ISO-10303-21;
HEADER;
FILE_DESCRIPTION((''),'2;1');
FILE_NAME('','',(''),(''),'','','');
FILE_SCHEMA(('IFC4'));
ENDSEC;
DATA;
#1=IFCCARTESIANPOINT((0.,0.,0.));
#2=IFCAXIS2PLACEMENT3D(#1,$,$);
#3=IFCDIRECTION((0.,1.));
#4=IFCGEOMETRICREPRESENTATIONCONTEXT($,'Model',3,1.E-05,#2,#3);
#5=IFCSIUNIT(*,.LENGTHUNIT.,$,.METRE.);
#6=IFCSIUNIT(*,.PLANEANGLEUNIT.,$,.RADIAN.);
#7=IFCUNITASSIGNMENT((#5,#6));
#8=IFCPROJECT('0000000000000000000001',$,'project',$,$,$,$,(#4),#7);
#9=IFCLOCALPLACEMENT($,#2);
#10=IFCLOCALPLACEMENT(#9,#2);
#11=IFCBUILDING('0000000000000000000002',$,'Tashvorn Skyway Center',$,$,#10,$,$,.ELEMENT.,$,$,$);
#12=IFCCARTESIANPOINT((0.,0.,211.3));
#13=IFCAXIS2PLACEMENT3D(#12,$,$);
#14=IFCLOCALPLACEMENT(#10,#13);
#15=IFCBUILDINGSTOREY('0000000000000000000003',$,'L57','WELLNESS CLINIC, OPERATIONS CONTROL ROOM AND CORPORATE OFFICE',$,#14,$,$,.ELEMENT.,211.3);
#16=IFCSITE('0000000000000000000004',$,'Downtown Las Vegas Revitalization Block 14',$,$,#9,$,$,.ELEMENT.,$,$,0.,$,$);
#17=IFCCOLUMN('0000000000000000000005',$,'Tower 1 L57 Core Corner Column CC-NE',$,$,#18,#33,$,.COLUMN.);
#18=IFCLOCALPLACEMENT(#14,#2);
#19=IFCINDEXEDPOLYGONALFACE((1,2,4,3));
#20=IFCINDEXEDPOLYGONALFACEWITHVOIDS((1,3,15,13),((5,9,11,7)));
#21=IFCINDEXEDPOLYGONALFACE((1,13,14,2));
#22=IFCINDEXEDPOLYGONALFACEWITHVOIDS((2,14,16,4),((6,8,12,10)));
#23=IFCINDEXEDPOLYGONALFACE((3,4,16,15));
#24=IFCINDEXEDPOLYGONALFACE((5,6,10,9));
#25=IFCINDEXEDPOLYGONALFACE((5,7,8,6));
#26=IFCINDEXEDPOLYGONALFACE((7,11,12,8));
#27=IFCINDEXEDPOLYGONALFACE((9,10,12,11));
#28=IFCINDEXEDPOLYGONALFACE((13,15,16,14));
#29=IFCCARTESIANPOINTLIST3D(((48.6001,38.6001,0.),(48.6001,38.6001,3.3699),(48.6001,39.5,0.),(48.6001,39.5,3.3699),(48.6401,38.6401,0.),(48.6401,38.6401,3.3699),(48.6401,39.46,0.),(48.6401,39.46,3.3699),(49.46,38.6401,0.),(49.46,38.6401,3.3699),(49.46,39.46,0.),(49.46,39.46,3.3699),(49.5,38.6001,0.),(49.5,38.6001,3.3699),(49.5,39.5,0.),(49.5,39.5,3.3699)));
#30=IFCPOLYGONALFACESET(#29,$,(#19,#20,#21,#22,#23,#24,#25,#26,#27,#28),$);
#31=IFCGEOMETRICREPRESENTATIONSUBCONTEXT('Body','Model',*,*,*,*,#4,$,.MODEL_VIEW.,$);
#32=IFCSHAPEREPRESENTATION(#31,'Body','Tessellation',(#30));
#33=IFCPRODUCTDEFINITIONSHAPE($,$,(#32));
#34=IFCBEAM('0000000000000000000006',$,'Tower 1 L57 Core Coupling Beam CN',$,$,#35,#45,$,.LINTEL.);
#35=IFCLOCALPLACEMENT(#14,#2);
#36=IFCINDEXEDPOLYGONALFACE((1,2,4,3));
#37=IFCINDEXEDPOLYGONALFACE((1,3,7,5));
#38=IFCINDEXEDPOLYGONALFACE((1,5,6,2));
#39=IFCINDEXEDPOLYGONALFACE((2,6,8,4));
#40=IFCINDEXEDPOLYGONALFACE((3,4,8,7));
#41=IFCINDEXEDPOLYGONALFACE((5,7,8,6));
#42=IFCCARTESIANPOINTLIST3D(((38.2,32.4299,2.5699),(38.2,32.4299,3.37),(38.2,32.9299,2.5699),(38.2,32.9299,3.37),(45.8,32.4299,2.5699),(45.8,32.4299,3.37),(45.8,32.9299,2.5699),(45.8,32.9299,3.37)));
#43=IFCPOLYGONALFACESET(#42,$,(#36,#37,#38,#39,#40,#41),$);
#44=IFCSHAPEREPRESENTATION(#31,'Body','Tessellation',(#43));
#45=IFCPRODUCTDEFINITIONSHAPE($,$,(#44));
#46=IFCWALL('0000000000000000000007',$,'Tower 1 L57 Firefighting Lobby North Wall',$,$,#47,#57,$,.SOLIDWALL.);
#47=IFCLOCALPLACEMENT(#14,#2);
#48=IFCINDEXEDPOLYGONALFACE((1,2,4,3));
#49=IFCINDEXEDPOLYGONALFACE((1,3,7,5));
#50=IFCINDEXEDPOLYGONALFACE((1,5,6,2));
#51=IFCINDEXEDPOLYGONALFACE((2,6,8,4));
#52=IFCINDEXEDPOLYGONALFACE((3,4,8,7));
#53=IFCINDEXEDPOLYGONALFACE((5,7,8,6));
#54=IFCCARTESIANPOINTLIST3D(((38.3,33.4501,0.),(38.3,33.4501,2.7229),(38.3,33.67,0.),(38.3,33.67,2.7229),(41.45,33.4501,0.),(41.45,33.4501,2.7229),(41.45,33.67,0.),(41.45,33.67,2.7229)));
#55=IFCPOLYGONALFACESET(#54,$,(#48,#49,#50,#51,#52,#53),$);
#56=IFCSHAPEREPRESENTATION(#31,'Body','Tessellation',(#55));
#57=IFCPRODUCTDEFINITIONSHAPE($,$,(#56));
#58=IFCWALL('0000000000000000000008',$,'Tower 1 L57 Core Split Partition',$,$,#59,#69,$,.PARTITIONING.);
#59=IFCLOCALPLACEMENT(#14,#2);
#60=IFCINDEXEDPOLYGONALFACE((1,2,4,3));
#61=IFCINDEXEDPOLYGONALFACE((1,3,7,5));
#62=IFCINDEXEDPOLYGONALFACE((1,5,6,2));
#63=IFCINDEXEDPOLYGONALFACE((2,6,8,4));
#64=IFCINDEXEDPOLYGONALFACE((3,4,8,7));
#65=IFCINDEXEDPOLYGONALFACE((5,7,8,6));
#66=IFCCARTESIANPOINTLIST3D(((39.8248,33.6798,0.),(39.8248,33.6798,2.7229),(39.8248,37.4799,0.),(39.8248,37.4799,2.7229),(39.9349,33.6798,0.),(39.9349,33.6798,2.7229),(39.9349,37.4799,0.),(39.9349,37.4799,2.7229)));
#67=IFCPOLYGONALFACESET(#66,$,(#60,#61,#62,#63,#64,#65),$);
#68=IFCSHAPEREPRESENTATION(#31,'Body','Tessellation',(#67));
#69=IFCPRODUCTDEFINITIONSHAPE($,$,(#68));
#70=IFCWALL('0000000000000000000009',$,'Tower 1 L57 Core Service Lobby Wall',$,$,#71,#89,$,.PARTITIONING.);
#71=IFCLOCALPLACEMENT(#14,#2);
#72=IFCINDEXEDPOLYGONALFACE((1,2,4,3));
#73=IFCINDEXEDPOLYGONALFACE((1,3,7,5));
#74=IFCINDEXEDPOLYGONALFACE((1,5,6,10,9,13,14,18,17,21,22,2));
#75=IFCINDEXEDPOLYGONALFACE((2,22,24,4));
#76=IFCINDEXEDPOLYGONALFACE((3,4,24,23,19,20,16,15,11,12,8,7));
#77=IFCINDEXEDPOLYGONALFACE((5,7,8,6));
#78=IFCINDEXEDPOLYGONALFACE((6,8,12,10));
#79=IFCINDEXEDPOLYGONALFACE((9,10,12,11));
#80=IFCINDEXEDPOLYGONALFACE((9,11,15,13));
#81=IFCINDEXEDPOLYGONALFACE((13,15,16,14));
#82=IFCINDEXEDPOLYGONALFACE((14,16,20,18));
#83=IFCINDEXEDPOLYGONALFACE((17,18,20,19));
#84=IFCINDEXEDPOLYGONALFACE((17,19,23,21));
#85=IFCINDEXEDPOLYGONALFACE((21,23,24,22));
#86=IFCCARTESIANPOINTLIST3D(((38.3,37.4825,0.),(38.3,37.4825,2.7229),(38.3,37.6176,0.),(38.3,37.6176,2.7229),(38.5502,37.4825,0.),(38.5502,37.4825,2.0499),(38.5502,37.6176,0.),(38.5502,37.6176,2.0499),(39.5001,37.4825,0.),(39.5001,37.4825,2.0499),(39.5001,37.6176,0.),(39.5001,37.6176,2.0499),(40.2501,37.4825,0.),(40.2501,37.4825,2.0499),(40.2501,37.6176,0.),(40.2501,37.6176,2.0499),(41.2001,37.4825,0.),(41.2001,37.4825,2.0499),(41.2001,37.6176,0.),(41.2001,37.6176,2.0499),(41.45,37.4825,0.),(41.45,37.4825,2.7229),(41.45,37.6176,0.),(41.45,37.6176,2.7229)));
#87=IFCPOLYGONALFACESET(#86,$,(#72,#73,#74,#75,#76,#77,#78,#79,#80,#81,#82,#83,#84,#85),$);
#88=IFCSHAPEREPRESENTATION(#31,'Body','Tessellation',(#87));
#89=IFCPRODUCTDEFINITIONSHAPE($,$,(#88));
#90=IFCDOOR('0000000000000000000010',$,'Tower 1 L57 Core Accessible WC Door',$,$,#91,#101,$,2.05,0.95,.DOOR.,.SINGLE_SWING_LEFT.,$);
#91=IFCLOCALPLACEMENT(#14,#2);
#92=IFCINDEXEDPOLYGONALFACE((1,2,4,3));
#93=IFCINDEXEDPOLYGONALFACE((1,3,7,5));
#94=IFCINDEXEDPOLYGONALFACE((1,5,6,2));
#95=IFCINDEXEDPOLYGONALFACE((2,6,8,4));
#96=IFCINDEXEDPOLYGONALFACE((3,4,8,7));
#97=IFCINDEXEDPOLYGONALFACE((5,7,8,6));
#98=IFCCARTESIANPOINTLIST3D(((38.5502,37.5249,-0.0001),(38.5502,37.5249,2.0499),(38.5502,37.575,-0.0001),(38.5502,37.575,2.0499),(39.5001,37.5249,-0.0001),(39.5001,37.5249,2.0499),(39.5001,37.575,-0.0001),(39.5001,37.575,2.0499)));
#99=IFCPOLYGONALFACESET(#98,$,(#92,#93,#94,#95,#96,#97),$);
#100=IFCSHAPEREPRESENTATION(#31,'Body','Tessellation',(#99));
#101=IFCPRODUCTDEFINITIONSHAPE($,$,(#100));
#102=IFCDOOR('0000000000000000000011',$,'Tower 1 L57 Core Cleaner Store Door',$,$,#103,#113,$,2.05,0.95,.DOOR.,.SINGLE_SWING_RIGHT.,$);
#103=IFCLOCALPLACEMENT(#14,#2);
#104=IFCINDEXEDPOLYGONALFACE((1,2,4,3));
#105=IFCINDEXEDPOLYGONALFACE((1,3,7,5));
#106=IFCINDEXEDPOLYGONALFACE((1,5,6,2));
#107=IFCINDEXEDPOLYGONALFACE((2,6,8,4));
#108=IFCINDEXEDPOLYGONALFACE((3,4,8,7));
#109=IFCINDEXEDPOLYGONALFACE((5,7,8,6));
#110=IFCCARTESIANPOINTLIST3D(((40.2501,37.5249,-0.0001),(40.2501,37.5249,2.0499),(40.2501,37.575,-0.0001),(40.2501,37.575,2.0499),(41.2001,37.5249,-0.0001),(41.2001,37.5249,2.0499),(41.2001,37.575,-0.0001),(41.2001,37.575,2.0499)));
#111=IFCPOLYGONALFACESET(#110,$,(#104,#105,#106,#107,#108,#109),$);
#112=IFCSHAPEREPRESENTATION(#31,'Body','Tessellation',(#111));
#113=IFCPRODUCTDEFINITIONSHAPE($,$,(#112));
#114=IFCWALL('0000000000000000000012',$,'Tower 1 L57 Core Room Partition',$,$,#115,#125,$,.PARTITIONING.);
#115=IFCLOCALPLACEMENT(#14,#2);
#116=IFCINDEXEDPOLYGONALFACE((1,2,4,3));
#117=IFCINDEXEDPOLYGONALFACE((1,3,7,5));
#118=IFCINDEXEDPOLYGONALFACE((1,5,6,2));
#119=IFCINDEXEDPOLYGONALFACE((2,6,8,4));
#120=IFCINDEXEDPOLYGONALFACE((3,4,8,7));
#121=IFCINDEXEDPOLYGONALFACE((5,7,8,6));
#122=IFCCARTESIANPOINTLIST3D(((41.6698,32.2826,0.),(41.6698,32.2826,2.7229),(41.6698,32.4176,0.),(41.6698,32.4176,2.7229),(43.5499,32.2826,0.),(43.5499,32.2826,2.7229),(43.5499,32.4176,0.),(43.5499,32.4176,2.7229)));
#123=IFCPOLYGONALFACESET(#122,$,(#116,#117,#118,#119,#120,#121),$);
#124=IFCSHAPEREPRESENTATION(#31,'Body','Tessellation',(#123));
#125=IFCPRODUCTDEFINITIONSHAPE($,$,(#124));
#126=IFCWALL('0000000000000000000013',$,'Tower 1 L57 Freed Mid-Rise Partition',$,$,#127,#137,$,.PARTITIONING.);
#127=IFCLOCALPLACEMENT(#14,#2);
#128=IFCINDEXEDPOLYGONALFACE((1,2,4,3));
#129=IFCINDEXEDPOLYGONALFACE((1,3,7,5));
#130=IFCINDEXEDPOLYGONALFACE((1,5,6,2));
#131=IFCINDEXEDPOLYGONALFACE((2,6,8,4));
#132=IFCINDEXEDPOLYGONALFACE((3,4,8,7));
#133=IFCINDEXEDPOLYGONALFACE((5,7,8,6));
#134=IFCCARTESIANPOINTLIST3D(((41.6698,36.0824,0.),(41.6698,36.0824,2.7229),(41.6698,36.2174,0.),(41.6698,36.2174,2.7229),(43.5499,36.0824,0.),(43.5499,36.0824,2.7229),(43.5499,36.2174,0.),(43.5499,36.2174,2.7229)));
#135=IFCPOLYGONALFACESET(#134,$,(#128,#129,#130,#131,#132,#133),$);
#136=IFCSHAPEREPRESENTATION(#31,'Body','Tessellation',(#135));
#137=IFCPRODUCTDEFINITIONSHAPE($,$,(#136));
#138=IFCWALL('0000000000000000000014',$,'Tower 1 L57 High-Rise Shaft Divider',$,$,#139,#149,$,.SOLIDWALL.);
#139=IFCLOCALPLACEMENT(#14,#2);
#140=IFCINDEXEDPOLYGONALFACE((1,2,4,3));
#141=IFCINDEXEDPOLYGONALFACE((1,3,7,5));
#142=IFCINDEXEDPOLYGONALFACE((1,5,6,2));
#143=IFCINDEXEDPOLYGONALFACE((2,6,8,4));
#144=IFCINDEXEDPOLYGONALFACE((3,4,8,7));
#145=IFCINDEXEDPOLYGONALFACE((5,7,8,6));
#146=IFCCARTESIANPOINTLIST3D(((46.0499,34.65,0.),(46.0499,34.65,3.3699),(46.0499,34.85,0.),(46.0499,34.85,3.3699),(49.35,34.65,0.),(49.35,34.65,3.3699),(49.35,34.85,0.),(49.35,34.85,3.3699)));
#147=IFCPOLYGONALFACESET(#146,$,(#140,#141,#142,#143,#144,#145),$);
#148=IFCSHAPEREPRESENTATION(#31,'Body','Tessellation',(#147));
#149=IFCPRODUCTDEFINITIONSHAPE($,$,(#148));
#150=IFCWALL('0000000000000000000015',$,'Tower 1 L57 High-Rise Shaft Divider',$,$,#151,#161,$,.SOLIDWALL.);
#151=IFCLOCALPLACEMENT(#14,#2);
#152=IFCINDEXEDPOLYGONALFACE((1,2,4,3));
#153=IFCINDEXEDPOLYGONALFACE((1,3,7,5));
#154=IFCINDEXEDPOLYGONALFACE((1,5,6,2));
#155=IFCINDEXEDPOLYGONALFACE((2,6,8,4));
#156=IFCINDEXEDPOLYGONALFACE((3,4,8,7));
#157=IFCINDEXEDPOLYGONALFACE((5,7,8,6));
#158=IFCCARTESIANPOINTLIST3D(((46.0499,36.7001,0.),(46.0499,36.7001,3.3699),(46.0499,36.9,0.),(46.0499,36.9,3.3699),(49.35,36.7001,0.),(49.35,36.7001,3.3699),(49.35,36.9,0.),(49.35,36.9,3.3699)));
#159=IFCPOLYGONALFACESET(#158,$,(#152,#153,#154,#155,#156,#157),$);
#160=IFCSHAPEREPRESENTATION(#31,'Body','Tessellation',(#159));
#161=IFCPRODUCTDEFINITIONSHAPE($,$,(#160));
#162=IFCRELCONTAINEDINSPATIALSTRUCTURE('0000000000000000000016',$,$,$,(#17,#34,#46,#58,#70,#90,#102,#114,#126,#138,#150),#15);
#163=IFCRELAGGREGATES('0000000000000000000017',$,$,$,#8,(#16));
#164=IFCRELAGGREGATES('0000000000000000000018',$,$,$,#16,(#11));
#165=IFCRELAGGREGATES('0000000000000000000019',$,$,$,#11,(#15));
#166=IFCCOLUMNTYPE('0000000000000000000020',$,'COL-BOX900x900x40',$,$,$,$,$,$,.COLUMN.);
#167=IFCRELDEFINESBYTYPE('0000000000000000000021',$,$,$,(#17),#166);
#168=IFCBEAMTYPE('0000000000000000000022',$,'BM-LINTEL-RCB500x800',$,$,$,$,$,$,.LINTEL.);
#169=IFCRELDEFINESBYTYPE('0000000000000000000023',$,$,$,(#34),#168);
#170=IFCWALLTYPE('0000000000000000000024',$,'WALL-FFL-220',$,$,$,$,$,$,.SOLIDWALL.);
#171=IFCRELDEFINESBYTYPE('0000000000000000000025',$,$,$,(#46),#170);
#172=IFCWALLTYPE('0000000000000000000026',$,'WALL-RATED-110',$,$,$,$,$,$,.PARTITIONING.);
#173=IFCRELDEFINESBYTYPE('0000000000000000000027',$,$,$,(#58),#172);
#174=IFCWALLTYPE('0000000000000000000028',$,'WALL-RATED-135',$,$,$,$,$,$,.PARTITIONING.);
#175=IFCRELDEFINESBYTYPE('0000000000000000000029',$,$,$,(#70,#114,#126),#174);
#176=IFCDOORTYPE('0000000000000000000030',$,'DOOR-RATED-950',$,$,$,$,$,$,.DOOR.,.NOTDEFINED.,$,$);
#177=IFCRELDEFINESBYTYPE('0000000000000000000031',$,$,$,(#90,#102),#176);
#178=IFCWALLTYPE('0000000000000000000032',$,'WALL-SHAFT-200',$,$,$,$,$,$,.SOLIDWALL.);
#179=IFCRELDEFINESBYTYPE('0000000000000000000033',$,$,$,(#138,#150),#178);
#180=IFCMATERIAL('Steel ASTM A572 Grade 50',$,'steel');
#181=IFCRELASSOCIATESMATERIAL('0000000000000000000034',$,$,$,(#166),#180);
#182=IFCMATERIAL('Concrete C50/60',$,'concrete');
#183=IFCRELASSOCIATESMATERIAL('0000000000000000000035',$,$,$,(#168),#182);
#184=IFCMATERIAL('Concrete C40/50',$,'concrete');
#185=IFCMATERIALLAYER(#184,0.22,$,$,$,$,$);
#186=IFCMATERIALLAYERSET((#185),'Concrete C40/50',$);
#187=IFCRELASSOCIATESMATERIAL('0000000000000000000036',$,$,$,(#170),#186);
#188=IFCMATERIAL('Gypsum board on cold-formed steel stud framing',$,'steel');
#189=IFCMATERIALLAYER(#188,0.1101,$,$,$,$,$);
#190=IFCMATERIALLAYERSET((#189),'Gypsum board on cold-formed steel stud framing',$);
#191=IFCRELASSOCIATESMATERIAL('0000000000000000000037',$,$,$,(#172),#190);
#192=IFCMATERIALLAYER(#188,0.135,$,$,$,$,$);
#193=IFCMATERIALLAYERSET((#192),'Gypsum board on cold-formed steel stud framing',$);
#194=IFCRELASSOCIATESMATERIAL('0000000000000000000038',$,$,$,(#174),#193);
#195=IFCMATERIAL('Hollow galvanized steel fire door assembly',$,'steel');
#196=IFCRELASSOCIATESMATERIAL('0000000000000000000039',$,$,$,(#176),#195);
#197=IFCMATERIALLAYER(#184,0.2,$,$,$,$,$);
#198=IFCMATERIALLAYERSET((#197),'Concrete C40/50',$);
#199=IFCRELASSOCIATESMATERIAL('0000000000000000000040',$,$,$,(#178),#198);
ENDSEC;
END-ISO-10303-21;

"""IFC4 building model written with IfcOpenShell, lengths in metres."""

from ifc_helpers import new_model, si_unit, direction, frame, frame_2d, origin, origin_2d, place, context, subcontext, project, spatial, rectangle, hollow_rectangle, extrude, material, layer, layer_set, material_profile, profile_set, type_object, element, fill, save


model = new_model("IFC4")

# Units and contexts
model_context = context("Model", 3, precision=1e-05, world=origin(), true_north=direction((0.0, 1.0)))
body_context = subcontext(model_context, "Body", "Model", "MODEL_VIEW")
ifc_project = project(units=[si_unit("LENGTHUNIT", "METRE"), si_unit("PLANEANGLEUNIT", "RADIAN")], contexts=[model_context])

# Site, building, storey
site_placement = place(None, origin())
site = spatial("IfcSite", under=ifc_project, at=site_placement, Name="Downtown Las Vegas Revitalization Block 14", CompositionType="ELEMENT", RefElevation=0.0)
building_placement = place(site_placement, origin())
building = spatial("IfcBuilding", under=site, at=building_placement, Name="Tashvorn Skyway Center", CompositionType="ELEMENT")
storey_placement = place(building_placement, frame((0.0, 0.0, 211.3)))
storey = spatial("IfcBuildingStorey", under=building, at=storey_placement, Name="L57", Description="WELLNESS CLINIC, OPERATIONS CONTROL ROOM AND CORPORATE OFFICE", CompositionType="ELEMENT", Elevation=211.3)

# Column
ifc_material_1 = material(Name="Steel ASTM A572 Grade 50", Category="steel")
ifc_material_profile_1 = material_profile(ifc_material_1, hollow_rectangle(XDim=0.8999, YDim=0.8999, WallThickness=0.04, at=origin_2d()), Name="BOX900x900x40")
ifc_profile_set_1 = profile_set([ifc_material_profile_1], Name="Steel ASTM A572 Grade 50")
column_type = type_object("IfcColumnType", Name="COL-BOX900x900x40", PredefinedType="COLUMN", material=ifc_profile_set_1)
column_placement = place(storey_placement, frame((49.05, 39.05, 0.0), z_axis=(0.0, 0.0, 1.0), x_axis=(1.0, 0.0, 0.0)))
element("IfcColumn", 1, at=column_placement, inside=storey, type_object=column_type, Name="Tower 1 L57 Core Corner Column CC-NE", PredefinedType="COLUMN", context=body_context, shape_type="SweptSolid", body=[
    extrude(hollow_rectangle(XDim=0.8999, YDim=0.8999, WallThickness=0.04, at=origin_2d()), origin(), (0.0, 0.0, 1.0), 3.3699),
])

# Beam
ifc_material_2 = material(Name="Concrete C50/60", Category="concrete")
ifc_material_profile_2 = material_profile(ifc_material_2, rectangle(XDim=0.5, YDim=0.8, at=origin_2d()), Name="RCB500x800")
ifc_profile_set_2 = profile_set([ifc_material_profile_2], Name="Concrete C50/60")
beam_type = type_object("IfcBeamType", Name="BM-LINTEL-RCB500x800", PredefinedType="LINTEL", material=ifc_profile_set_2)
beam_placement = place(storey_placement, frame((38.2, 32.6799, 2.97), z_axis=(1.0, 0.0, 0.0), x_axis=(0.0, 1.0, 0.0)))
element("IfcBeam", 2, at=beam_placement, inside=storey, type_object=beam_type, Name="Tower 1 L57 Core Coupling Beam CN", PredefinedType="LINTEL", context=body_context, shape_type="SweptSolid", body=[
    extrude(rectangle(XDim=0.5, YDim=0.8, at=origin_2d()), origin(), (0.0, 0.0, 1.0), 7.6001),
])

# Walls
ifc_material_3 = material(Name="Concrete C40/50", Category="concrete")
ifc_layer_1 = layer(ifc_material_3, 0.22)
ifc_layer_set_1 = layer_set([ifc_layer_1], Name="Concrete C40/50")
wall_type_1 = type_object("IfcWallType", Name="WALL-FFL-220", PredefinedType="SOLIDWALL", material=ifc_layer_set_1)
wall_1_placement = place(storey_placement, frame((38.3, 33.5601, 0.0), z_axis=(0.0, 0.0, 1.0), x_axis=(1.0, 0.0, 0.0)))
element("IfcWall", 3, at=wall_1_placement, inside=storey, type_object=wall_type_1, Name="Tower 1 L57 Firefighting Lobby North Wall", PredefinedType="SOLIDWALL", context=body_context, shape_type="SweptSolid", body=[
    extrude(rectangle(XDim=3.1499, YDim=0.22, at=frame_2d((1.575, 0.0))), origin(), (0.0, 0.0, 1.0), 2.7229),
])
ifc_material_4 = material(Name="Gypsum board on cold-formed steel stud framing", Category="steel")
ifc_layer_2 = layer(ifc_material_4, 0.1101)
ifc_layer_set_2 = layer_set([ifc_layer_2], Name="Gypsum board on cold-formed steel stud framing")
wall_type_2 = type_object("IfcWallType", Name="WALL-RATED-110", PredefinedType="PARTITIONING", material=ifc_layer_set_2)
wall_2_placement = place(storey_placement, frame((39.8799, 33.6799, 0.0), z_axis=(0.0, 0.0, 1.0), x_axis=(0.0, 1.0, 0.0)))
element("IfcWall", 4, at=wall_2_placement, inside=storey, type_object=wall_type_2, Name="Tower 1 L57 Core Split Partition", PredefinedType="PARTITIONING", context=body_context, shape_type="SweptSolid", body=[
    extrude(rectangle(XDim=3.8, YDim=0.1101, at=frame_2d((1.8999, 0.0))), origin(), (0.0, 0.0, 1.0), 2.7229),
])

# Wall, openings, doors
ifc_layer_3 = layer(ifc_material_4, 0.135)
ifc_layer_set_3 = layer_set([ifc_layer_3], Name="Gypsum board on cold-formed steel stud framing")
wall_type_3 = type_object("IfcWallType", Name="WALL-RATED-135", PredefinedType="PARTITIONING", material=ifc_layer_set_3)
wall_3_placement = place(storey_placement, frame((38.3, 37.55, 0.0), z_axis=(0.0, 0.0, 1.0), x_axis=(1.0, 0.0, 0.0)))
wall_3 = element("IfcWall", 5, at=wall_3_placement, inside=storey, type_object=wall_type_3, Name="Tower 1 L57 Core Service Lobby Wall", PredefinedType="PARTITIONING", context=body_context, shape_type="SweptSolid", body=[
    extrude(rectangle(XDim=3.1499, YDim=0.135, at=frame_2d((1.575, 0.0))), origin(), (0.0, 0.0, 1.0), 2.7229),
])
opening_1_placement = place(wall_3_placement, frame((0.25, 0.0, 0.0)))
opening_1 = element("IfcOpeningElement", 6, at=opening_1_placement, cuts=wall_3, PredefinedType="OPENING", context=body_context, shape_type="SweptSolid", body=[
    extrude(rectangle(XDim=0.95, YDim=2.05, at=frame_2d((0.4751, 1.0249))), frame((0.0, 0.0774, 0.0), z_axis=(0.0, -1.0, 0.0), x_axis=(1.0, 0.0, 0.0)), (0.0, 0.0, 1.0), 0.155),
])
opening_2_placement = place(wall_3_placement, frame((1.95, 0.0, 0.0)))
opening_2 = element("IfcOpeningElement", 7, at=opening_2_placement, cuts=wall_3, PredefinedType="OPENING", context=body_context, shape_type="SweptSolid", body=[
    extrude(rectangle(XDim=0.95, YDim=2.05, at=frame_2d((0.4751, 1.0249))), frame((0.0, 0.0774, 0.0), z_axis=(0.0, -1.0, 0.0), x_axis=(1.0, 0.0, 0.0)), (0.0, 0.0, 1.0), 0.155),
])
ifc_material_5 = material(Name="Hollow galvanized steel fire door assembly", Category="steel")
door_type_1 = type_object("IfcDoorType", Name="DOOR-RATED-950", OperationType="NOTDEFINED", PredefinedType="DOOR", material=ifc_material_5)
door_1_placement = place(opening_1_placement, origin())
door_1 = element("IfcDoor", 8, at=door_1_placement, inside=storey, type_object=door_type_1, Name="Tower 1 L57 Core Accessible WC Door", OperationType="SINGLE_SWING_LEFT", OverallHeight=2.05, OverallWidth=0.95, PredefinedType="DOOR", context=body_context, shape_type="SweptSolid", body=[
    extrude(rectangle(XDim=0.95, YDim=2.05, at=frame_2d((0.4751, 1.0249))), frame((0.0, 0.0249, 0.0), z_axis=(0.0, -1.0, 0.0), x_axis=(1.0, 0.0, 0.0)), (0.0, 0.0, 1.0), 0.05),
])
fill(opening_1, door_1)
door_2_placement = place(opening_2_placement, origin())
door_2 = element("IfcDoor", 9, at=door_2_placement, inside=storey, type_object=door_type_1, Name="Tower 1 L57 Core Cleaner Store Door", OperationType="SINGLE_SWING_RIGHT", OverallHeight=2.05, OverallWidth=0.95, PredefinedType="DOOR", context=body_context, shape_type="SweptSolid", body=[
    extrude(rectangle(XDim=0.95, YDim=2.05, at=frame_2d((0.4751, 1.0249))), frame((0.0, 0.0249, 0.0), z_axis=(0.0, -1.0, 0.0), x_axis=(1.0, 0.0, 0.0)), (0.0, 0.0, 1.0), 0.05),
])
fill(opening_2, door_2)

# Walls
for number, where, z_axis, x_axis, name in (
    (10, (41.6699, 32.3501, 0.0), (0.0, 0.0, 1.0), (1.0, 0.0, 0.0), "Tower 1 L57 Core Room Partition"),
    (11, (41.6699, 36.1499, 0.0), (0.0, 0.0, 1.0), (1.0, 0.0, 0.0), "Tower 1 L57 Freed Mid-Rise Partition"),
):
    element("IfcWall", number, at=place(storey_placement, frame(where, z_axis=z_axis, x_axis=x_axis)), inside=storey, type_object=wall_type_3, Name=name, PredefinedType="PARTITIONING", context=body_context, shape_type="SweptSolid", body=[
        extrude(rectangle(XDim=1.8801, YDim=0.135, at=frame_2d((0.9399, 0.0))), origin(), (0.0, 0.0, 1.0), 2.7229),
    ])
ifc_layer_4 = layer(ifc_material_3, 0.2)
ifc_layer_set_4 = layer_set([ifc_layer_4], Name="Concrete C40/50")
wall_type_4 = type_object("IfcWallType", Name="WALL-SHAFT-200", PredefinedType="SOLIDWALL", material=ifc_layer_set_4)
for number, where, z_axis, x_axis, name in (
    (12, (46.05, 34.75, 0.0), (0.0, 0.0, 1.0), (1.0, 0.0, 0.0), "Tower 1 L57 High-Rise Shaft Divider"),
    (13, (46.05, 36.8, 0.0), (0.0, 0.0, 1.0), (1.0, 0.0, 0.0), "Tower 1 L57 High-Rise Shaft Divider"),
):
    element("IfcWall", number, at=place(storey_placement, frame(where, z_axis=z_axis, x_axis=x_axis)), inside=storey, type_object=wall_type_4, Name=name, PredefinedType="SOLIDWALL", context=body_context, shape_type="SweptSolid", body=[
        extrude(rectangle(XDim=3.3, YDim=0.2, at=frame_2d((1.6499, 0.0))), origin(), (0.0, 0.0, 1.0), 3.3699),
    ])

save(model, "model.ifc")
